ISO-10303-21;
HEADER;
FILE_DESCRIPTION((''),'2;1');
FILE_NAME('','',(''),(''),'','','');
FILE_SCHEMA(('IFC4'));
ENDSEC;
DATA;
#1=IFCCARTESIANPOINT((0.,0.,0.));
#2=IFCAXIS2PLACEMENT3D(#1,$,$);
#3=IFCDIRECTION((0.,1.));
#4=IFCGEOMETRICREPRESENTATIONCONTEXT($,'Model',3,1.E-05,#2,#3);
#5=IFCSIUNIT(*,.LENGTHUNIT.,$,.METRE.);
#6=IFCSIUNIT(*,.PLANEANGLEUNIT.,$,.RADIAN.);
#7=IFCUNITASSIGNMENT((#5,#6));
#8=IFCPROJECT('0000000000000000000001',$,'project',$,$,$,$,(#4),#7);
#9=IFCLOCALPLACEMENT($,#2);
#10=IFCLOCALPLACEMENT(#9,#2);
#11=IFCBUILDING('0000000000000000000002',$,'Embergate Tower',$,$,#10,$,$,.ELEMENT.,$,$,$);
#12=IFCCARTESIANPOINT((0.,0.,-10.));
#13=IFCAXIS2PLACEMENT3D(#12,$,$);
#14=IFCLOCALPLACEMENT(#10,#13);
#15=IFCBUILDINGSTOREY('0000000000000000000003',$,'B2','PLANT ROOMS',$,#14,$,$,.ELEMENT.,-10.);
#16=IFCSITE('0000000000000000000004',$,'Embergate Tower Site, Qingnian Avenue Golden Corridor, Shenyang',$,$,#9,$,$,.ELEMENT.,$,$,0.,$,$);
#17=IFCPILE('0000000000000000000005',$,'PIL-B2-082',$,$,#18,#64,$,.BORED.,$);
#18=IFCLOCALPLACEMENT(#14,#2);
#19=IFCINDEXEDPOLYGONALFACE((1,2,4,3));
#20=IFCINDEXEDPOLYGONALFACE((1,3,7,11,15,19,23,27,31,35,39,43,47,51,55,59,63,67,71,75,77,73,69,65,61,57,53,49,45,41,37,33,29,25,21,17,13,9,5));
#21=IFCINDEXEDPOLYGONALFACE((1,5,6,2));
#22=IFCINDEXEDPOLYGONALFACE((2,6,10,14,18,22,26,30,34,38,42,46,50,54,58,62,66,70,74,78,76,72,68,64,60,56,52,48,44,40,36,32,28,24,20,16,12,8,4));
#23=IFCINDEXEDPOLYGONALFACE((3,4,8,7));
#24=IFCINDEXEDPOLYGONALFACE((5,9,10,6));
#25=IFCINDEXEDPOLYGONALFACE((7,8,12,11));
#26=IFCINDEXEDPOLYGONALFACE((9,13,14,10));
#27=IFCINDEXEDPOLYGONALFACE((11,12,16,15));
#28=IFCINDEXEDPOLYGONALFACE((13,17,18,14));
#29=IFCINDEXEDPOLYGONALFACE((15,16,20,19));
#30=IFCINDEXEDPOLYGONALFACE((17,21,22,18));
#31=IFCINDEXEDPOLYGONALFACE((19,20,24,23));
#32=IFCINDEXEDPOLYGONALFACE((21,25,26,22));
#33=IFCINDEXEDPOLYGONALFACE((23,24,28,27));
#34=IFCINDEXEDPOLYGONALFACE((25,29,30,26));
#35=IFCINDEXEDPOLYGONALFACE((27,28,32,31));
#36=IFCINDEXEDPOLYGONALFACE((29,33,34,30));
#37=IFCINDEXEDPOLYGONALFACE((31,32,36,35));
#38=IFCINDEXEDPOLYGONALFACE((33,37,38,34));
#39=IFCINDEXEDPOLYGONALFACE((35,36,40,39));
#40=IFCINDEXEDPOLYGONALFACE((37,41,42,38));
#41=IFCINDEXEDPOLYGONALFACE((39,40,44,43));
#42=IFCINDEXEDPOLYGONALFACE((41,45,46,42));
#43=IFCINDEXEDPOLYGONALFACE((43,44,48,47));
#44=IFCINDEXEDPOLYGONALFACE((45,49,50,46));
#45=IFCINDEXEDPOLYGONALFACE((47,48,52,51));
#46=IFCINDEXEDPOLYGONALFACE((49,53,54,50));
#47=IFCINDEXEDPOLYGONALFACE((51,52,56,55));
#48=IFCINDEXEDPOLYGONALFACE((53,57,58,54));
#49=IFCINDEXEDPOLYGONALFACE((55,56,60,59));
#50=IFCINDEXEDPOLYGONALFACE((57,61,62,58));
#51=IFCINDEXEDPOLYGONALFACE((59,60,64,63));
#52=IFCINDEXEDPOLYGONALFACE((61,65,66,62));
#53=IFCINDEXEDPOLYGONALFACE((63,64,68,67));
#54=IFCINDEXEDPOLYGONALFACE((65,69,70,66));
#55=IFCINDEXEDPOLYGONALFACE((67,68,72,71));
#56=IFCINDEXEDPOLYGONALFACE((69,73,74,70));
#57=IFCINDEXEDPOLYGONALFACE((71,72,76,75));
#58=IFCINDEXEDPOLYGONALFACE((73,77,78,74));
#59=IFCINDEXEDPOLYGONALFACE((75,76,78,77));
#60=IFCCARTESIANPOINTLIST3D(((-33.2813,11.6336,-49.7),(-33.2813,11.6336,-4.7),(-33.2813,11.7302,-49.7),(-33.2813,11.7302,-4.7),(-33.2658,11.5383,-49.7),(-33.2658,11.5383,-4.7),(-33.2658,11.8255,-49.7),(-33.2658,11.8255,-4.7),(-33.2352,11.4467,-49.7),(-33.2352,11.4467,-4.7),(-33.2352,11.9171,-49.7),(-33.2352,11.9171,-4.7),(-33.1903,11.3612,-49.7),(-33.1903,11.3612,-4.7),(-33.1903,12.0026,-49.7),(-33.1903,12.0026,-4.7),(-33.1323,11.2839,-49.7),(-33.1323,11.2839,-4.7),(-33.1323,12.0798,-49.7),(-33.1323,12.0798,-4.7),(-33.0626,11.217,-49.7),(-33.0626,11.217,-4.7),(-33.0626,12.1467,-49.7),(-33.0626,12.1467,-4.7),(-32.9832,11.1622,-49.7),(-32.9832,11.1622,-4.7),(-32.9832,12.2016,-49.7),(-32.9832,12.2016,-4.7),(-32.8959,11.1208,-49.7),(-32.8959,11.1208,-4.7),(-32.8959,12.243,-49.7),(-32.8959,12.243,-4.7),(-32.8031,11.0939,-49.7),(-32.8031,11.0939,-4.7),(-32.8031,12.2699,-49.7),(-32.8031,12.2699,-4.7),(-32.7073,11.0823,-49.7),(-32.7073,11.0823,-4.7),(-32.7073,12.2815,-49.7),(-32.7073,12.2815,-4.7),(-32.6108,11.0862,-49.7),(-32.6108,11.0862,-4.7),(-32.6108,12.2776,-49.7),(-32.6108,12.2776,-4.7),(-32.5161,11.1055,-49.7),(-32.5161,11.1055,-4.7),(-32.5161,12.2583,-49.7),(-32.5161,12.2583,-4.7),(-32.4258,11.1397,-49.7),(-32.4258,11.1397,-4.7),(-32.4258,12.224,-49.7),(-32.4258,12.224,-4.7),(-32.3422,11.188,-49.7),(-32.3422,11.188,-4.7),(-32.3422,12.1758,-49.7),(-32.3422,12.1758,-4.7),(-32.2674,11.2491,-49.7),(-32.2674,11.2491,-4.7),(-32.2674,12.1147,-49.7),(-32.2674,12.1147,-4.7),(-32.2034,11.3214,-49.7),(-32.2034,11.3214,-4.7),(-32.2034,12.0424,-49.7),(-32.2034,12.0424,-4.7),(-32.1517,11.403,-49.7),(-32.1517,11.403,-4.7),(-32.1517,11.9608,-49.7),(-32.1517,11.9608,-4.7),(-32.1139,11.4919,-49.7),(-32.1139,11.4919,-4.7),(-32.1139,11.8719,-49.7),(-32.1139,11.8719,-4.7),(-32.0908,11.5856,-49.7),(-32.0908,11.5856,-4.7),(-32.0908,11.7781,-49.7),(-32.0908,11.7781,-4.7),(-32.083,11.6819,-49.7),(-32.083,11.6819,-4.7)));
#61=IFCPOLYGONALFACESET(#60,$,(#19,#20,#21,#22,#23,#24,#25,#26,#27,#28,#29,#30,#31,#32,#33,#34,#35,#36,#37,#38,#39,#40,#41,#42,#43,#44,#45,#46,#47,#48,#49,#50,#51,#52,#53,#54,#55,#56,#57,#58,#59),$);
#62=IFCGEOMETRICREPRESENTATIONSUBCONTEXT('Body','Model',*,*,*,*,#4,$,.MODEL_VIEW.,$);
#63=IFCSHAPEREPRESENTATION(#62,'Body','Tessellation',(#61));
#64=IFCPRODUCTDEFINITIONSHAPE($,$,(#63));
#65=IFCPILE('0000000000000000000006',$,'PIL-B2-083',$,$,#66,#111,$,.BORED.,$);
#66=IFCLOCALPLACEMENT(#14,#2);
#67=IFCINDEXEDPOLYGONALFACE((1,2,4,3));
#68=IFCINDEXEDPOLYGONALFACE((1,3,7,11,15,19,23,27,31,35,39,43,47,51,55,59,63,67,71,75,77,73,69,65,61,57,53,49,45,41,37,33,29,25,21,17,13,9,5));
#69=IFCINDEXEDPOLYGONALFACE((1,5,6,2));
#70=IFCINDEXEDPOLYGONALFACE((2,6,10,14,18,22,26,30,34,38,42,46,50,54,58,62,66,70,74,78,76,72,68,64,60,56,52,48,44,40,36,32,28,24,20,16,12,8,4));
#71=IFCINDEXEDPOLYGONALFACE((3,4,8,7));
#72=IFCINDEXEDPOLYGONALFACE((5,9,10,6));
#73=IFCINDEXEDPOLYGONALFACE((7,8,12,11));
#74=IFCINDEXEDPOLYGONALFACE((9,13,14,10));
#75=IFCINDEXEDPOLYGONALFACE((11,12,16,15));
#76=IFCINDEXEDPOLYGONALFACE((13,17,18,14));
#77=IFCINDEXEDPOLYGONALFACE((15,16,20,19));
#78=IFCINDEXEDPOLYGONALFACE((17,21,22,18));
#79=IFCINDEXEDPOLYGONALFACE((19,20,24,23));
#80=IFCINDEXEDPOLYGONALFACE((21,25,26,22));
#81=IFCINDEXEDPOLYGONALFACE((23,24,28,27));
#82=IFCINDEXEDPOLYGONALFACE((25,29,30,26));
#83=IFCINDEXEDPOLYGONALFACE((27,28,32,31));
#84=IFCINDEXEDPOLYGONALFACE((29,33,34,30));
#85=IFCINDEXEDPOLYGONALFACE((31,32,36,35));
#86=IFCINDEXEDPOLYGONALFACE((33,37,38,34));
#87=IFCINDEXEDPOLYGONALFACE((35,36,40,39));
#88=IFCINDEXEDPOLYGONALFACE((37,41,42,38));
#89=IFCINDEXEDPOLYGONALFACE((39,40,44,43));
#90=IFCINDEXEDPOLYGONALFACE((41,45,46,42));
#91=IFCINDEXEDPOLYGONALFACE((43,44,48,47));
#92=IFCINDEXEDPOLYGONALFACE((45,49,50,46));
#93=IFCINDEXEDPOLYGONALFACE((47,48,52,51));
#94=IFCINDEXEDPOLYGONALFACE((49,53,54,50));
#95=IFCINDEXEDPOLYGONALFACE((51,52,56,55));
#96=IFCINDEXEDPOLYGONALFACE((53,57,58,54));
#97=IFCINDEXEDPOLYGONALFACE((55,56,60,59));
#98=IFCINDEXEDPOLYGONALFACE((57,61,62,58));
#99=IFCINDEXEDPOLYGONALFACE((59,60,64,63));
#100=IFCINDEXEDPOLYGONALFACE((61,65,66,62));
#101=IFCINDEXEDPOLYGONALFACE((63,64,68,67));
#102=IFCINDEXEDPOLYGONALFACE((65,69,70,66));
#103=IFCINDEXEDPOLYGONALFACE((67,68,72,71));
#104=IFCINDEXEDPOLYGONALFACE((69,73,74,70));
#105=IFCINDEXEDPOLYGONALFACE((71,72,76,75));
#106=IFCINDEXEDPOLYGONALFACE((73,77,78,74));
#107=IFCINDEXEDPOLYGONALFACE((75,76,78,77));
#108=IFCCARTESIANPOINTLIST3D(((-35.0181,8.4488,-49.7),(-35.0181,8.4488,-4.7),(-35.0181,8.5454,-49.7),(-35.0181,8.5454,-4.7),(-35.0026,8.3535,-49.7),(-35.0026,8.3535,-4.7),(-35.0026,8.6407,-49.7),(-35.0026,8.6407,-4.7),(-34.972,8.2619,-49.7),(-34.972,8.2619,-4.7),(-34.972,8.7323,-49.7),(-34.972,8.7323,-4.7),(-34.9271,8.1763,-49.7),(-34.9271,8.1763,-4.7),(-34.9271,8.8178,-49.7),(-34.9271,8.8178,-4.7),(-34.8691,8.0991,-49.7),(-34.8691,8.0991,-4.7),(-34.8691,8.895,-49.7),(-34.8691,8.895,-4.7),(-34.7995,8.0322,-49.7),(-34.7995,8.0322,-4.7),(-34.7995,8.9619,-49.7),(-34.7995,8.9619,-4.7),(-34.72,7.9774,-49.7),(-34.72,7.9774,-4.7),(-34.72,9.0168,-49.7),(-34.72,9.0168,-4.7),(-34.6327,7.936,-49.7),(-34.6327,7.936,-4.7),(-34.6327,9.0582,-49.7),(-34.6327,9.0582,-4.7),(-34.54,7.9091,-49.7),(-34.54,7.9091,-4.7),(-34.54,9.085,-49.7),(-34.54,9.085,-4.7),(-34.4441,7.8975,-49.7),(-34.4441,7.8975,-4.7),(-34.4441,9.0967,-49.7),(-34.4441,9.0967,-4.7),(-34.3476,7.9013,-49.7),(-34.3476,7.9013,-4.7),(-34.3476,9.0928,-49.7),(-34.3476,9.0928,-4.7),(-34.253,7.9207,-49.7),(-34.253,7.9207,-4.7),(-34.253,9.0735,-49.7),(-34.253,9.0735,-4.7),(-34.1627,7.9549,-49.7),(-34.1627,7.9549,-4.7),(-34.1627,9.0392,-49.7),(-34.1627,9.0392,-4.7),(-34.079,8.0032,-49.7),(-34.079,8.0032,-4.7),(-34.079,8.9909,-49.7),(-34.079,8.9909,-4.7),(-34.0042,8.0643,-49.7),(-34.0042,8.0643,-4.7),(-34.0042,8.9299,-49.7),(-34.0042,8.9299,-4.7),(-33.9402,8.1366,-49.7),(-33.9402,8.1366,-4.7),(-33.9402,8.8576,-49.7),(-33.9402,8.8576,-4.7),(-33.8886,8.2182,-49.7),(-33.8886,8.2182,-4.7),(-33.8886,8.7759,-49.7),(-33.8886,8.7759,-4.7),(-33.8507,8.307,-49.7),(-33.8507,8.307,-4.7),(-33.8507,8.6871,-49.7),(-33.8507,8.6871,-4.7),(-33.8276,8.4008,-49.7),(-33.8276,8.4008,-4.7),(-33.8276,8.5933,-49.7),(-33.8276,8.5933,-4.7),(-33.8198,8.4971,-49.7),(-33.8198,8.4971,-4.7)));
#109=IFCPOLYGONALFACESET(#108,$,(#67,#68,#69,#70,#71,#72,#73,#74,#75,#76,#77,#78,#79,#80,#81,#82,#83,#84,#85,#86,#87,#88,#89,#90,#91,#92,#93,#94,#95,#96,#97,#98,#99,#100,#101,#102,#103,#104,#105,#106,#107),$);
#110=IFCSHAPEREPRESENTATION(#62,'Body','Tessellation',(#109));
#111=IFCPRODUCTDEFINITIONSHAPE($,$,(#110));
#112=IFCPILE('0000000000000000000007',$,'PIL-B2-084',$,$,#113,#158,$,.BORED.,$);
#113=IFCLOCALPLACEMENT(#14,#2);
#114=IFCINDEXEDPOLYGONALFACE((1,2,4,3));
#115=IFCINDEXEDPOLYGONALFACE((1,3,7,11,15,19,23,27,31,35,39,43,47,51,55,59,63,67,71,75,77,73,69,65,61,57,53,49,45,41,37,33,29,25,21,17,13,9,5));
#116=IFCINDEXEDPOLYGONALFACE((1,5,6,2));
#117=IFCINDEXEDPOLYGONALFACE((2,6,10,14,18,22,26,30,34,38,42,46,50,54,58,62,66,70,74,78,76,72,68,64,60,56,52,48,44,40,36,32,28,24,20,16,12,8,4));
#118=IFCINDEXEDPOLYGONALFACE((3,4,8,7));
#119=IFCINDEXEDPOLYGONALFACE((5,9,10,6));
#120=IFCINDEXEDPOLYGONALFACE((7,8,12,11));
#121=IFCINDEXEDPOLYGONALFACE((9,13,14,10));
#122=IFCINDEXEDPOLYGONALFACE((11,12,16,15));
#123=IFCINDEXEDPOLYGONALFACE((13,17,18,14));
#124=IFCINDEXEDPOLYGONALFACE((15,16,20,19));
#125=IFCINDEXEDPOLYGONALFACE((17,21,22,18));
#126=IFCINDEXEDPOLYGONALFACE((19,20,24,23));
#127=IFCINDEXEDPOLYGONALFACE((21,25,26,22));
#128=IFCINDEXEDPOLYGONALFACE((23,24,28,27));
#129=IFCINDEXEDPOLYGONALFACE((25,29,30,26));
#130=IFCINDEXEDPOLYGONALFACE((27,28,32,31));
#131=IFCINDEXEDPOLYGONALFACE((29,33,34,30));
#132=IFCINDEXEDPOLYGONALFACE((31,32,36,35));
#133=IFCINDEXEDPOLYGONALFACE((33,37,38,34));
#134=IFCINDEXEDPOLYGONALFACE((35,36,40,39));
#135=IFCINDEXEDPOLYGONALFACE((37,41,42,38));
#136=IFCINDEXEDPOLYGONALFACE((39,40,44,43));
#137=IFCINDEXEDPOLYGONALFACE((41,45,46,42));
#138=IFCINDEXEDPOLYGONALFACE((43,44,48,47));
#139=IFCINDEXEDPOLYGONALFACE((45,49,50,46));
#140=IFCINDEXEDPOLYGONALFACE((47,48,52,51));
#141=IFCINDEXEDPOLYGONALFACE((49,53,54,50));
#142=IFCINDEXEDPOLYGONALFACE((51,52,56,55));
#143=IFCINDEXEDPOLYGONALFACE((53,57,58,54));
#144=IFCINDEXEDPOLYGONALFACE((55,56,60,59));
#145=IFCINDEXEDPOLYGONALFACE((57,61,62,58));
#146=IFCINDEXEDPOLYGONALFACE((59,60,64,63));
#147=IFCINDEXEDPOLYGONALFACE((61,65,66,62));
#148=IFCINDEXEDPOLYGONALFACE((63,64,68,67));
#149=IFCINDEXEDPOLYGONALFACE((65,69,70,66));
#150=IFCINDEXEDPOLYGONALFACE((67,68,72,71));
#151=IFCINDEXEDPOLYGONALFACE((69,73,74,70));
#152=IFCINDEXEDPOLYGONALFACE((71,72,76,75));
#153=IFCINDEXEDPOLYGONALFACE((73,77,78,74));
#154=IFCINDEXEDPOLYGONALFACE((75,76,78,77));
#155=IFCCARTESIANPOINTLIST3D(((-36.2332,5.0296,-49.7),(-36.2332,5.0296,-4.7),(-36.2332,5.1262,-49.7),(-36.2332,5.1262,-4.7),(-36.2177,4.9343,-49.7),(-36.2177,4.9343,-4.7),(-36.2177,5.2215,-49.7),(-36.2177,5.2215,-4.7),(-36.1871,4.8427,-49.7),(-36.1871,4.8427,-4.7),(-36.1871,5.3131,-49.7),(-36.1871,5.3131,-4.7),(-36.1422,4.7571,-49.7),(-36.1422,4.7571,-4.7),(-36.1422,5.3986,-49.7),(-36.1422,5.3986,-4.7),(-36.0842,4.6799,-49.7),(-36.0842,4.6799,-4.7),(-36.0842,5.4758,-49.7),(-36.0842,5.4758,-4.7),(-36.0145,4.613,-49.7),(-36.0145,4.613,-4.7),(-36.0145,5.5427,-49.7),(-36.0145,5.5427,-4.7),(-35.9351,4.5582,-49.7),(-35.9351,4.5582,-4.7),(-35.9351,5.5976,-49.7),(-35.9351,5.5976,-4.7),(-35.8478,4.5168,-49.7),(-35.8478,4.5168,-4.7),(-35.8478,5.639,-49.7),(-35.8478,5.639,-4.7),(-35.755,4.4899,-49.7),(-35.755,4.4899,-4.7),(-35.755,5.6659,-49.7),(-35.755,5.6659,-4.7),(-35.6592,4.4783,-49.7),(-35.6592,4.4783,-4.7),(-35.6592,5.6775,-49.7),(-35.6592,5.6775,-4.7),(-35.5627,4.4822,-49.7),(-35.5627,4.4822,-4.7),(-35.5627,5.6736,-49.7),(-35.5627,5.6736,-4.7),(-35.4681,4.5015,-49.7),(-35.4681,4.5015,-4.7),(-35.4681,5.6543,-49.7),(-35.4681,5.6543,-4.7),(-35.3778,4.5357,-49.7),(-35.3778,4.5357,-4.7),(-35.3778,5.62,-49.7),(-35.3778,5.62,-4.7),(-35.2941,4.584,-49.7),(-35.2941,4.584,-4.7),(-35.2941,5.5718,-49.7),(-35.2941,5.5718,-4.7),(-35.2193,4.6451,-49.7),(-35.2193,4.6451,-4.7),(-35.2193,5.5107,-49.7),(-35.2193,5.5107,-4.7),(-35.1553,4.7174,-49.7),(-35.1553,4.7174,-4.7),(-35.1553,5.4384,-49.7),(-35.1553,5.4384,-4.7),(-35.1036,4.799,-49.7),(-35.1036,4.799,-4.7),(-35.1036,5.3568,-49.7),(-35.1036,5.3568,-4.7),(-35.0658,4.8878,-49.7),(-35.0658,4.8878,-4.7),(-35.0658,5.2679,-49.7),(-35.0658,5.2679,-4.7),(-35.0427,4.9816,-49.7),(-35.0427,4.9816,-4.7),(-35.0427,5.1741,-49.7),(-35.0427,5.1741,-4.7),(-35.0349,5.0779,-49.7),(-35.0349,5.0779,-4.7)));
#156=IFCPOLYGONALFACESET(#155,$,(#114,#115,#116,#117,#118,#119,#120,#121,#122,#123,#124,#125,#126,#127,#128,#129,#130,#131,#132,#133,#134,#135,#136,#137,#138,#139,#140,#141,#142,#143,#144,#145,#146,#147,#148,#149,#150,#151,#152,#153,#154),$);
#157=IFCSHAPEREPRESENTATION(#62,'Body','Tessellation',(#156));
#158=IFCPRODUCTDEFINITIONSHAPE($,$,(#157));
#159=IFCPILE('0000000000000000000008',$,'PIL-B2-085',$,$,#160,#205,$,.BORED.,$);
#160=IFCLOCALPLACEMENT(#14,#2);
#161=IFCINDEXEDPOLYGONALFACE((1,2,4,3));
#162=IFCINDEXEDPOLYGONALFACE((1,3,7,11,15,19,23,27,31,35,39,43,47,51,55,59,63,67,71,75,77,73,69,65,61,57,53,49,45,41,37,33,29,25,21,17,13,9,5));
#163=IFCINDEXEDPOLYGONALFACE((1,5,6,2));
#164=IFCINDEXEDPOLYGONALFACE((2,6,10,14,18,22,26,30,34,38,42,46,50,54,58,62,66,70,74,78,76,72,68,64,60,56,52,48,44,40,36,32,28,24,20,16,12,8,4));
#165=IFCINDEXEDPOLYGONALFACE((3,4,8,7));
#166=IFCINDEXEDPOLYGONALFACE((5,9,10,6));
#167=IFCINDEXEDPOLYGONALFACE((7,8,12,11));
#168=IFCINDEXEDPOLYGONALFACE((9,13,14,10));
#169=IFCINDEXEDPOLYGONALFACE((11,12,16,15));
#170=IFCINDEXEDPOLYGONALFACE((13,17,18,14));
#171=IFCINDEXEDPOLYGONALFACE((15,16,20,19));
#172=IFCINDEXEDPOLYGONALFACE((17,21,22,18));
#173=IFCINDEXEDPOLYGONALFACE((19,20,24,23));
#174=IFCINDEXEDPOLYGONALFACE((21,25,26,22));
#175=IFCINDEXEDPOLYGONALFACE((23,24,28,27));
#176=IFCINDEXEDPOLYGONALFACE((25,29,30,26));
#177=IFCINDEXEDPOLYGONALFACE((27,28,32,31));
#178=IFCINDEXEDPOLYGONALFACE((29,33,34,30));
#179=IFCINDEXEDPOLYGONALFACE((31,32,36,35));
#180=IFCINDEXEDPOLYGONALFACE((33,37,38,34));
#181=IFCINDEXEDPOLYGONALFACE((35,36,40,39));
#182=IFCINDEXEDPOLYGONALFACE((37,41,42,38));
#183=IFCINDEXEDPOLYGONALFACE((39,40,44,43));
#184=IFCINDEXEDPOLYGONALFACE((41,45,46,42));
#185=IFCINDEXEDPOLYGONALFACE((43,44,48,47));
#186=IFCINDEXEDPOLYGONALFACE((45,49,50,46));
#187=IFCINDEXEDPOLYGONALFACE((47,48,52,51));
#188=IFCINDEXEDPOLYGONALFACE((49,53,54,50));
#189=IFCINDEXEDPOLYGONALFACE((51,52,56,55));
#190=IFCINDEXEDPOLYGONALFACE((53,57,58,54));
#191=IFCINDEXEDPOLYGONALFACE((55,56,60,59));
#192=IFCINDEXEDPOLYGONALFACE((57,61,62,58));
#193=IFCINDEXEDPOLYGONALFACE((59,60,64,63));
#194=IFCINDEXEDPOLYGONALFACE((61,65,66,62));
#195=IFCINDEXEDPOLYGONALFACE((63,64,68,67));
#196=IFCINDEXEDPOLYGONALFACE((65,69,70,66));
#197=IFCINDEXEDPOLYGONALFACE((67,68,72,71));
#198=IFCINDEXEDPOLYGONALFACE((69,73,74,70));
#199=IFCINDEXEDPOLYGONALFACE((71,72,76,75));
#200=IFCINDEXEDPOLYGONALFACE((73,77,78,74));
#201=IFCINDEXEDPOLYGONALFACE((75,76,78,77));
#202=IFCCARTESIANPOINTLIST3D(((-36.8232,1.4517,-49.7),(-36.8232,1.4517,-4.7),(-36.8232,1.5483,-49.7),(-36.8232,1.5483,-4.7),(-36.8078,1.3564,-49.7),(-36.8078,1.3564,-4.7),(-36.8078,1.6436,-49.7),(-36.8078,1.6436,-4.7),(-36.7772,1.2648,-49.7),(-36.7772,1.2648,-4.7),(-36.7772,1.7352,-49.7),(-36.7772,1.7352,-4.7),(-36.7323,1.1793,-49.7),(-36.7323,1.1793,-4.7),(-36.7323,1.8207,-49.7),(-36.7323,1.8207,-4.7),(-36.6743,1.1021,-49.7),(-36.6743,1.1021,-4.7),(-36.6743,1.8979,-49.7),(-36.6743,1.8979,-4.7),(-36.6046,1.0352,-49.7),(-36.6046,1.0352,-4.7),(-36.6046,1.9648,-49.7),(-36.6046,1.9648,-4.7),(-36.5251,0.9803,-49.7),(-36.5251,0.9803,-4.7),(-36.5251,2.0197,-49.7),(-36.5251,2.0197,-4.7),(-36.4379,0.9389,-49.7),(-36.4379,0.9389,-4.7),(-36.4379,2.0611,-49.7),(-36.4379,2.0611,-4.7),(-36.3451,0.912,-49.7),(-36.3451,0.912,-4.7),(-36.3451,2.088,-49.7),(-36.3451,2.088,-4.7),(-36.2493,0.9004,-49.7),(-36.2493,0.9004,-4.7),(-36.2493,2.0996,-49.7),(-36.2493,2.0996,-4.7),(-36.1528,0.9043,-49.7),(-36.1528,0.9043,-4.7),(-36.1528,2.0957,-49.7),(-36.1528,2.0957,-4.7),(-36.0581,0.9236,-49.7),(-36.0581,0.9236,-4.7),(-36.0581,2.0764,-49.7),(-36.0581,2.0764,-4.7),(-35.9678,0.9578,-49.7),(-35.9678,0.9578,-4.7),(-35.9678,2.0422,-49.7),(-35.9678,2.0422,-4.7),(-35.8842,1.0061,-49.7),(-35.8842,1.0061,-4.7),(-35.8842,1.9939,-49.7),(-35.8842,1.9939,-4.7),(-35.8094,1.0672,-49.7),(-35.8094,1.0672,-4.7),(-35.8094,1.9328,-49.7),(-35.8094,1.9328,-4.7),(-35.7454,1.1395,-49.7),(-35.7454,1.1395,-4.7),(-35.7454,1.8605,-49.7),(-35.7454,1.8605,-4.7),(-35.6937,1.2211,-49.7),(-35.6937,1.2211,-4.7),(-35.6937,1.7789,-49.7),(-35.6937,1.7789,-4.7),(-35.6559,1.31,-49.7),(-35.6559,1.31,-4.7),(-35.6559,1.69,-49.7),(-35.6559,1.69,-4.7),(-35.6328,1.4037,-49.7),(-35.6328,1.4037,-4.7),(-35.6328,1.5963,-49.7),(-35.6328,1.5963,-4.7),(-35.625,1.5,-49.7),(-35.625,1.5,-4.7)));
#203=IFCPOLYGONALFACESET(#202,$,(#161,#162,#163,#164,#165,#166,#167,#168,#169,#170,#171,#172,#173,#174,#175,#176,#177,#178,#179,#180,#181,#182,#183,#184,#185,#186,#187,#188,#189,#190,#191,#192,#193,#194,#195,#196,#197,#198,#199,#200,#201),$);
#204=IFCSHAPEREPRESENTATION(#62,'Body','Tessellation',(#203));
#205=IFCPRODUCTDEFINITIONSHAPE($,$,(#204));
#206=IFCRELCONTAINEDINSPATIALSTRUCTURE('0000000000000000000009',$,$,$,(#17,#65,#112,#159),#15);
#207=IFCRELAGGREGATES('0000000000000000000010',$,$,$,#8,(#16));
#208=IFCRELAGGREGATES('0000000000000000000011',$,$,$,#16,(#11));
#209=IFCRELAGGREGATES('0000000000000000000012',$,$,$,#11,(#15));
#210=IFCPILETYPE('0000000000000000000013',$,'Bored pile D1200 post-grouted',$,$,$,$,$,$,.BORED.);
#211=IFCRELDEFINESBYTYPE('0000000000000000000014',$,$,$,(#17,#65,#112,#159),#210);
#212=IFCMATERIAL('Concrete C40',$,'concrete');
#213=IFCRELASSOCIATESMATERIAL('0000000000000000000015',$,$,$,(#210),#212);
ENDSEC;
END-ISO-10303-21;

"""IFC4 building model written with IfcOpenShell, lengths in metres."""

from ifc_helpers import new_model, si_unit, direction, frame, origin, origin_2d, place, context, subcontext, project, spatial, circle, extrude, source, transform, mapped, material, material_profile, profile_set, type_object, element, save


model = new_model("IFC4")

# Units and contexts
model_context = context("Model", 3, precision=1e-05, world=origin(), true_north=direction((0.0, 1.0)))
body_context = subcontext(model_context, "Body", "Model", "MODEL_VIEW")
ifc_project = project(units=[si_unit("LENGTHUNIT", "METRE"), si_unit("PLANEANGLEUNIT", "RADIAN")], contexts=[model_context])

# Site, building, storey
site_placement = place(None, origin())
site = spatial("IfcSite", under=ifc_project, at=site_placement, Name="Embergate Tower Site, Qingnian Avenue Golden Corridor, Shenyang", CompositionType="ELEMENT", RefElevation=0.0)
building_placement = place(site_placement, origin())
building = spatial("IfcBuilding", under=site, at=building_placement, Name="Embergate Tower", CompositionType="ELEMENT")
storey_placement = place(building_placement, frame((0.0, 0.0, -10.0)))
storey = spatial("IfcBuildingStorey", under=building, at=storey_placement, Name="B2", Description="PLANT ROOMS", CompositionType="ELEMENT", Elevation=-10.0)

# Piles
ifc_material_1 = material(Name="Concrete C40", Category="concrete")
ifc_material_profile_1 = material_profile(ifc_material_1, circle(Radius=0.6001, at=origin_2d()), Name="D1200")
ifc_profile_set_1 = profile_set([ifc_material_profile_1], Name="Concrete C40")
pile_type = type_object("IfcPileType", Name="Bored pile D1200 post-grouted", PredefinedType="BORED", material=ifc_profile_set_1)
shared_shape_1 = source(origin(), body_context, "Body", "SweptSolid", [
    extrude(circle(Radius=0.6001, at=origin_2d()), origin(), (0.0, 0.0, 1.0), 45.0),
])
for number, where, z_axis, x_axis, name in (
    (1, (-32.6831, 11.6819, -4.7), (0.0, 0.0, -1.0), (1.0, 0.0, 0.0), "PIL-B2-082"),
    (2, (-34.4199, 8.4971, -4.7), (0.0, 0.0, -1.0), (1.0, 0.0, 0.0), "PIL-B2-083"),
    (3, (-35.635, 5.0779, -4.7), (0.0, 0.0, -1.0), (1.0, 0.0, 0.0), "PIL-B2-084"),
    (4, (-36.2251, 1.5, -4.7), (0.0, 0.0, -1.0), (1.0, 0.0, 0.0), "PIL-B2-085"),
):
    element("IfcPile", number, at=place(storey_placement, frame(where, z_axis=z_axis, x_axis=x_axis)), inside=storey, type_object=pile_type, Name=name, PredefinedType="BORED", context=body_context, shape_type="MappedRepresentation", body=[
        mapped(shared_shape_1, transform((0.0, 0.0, 0.0))),
    ])

save(model, "model.ifc")
